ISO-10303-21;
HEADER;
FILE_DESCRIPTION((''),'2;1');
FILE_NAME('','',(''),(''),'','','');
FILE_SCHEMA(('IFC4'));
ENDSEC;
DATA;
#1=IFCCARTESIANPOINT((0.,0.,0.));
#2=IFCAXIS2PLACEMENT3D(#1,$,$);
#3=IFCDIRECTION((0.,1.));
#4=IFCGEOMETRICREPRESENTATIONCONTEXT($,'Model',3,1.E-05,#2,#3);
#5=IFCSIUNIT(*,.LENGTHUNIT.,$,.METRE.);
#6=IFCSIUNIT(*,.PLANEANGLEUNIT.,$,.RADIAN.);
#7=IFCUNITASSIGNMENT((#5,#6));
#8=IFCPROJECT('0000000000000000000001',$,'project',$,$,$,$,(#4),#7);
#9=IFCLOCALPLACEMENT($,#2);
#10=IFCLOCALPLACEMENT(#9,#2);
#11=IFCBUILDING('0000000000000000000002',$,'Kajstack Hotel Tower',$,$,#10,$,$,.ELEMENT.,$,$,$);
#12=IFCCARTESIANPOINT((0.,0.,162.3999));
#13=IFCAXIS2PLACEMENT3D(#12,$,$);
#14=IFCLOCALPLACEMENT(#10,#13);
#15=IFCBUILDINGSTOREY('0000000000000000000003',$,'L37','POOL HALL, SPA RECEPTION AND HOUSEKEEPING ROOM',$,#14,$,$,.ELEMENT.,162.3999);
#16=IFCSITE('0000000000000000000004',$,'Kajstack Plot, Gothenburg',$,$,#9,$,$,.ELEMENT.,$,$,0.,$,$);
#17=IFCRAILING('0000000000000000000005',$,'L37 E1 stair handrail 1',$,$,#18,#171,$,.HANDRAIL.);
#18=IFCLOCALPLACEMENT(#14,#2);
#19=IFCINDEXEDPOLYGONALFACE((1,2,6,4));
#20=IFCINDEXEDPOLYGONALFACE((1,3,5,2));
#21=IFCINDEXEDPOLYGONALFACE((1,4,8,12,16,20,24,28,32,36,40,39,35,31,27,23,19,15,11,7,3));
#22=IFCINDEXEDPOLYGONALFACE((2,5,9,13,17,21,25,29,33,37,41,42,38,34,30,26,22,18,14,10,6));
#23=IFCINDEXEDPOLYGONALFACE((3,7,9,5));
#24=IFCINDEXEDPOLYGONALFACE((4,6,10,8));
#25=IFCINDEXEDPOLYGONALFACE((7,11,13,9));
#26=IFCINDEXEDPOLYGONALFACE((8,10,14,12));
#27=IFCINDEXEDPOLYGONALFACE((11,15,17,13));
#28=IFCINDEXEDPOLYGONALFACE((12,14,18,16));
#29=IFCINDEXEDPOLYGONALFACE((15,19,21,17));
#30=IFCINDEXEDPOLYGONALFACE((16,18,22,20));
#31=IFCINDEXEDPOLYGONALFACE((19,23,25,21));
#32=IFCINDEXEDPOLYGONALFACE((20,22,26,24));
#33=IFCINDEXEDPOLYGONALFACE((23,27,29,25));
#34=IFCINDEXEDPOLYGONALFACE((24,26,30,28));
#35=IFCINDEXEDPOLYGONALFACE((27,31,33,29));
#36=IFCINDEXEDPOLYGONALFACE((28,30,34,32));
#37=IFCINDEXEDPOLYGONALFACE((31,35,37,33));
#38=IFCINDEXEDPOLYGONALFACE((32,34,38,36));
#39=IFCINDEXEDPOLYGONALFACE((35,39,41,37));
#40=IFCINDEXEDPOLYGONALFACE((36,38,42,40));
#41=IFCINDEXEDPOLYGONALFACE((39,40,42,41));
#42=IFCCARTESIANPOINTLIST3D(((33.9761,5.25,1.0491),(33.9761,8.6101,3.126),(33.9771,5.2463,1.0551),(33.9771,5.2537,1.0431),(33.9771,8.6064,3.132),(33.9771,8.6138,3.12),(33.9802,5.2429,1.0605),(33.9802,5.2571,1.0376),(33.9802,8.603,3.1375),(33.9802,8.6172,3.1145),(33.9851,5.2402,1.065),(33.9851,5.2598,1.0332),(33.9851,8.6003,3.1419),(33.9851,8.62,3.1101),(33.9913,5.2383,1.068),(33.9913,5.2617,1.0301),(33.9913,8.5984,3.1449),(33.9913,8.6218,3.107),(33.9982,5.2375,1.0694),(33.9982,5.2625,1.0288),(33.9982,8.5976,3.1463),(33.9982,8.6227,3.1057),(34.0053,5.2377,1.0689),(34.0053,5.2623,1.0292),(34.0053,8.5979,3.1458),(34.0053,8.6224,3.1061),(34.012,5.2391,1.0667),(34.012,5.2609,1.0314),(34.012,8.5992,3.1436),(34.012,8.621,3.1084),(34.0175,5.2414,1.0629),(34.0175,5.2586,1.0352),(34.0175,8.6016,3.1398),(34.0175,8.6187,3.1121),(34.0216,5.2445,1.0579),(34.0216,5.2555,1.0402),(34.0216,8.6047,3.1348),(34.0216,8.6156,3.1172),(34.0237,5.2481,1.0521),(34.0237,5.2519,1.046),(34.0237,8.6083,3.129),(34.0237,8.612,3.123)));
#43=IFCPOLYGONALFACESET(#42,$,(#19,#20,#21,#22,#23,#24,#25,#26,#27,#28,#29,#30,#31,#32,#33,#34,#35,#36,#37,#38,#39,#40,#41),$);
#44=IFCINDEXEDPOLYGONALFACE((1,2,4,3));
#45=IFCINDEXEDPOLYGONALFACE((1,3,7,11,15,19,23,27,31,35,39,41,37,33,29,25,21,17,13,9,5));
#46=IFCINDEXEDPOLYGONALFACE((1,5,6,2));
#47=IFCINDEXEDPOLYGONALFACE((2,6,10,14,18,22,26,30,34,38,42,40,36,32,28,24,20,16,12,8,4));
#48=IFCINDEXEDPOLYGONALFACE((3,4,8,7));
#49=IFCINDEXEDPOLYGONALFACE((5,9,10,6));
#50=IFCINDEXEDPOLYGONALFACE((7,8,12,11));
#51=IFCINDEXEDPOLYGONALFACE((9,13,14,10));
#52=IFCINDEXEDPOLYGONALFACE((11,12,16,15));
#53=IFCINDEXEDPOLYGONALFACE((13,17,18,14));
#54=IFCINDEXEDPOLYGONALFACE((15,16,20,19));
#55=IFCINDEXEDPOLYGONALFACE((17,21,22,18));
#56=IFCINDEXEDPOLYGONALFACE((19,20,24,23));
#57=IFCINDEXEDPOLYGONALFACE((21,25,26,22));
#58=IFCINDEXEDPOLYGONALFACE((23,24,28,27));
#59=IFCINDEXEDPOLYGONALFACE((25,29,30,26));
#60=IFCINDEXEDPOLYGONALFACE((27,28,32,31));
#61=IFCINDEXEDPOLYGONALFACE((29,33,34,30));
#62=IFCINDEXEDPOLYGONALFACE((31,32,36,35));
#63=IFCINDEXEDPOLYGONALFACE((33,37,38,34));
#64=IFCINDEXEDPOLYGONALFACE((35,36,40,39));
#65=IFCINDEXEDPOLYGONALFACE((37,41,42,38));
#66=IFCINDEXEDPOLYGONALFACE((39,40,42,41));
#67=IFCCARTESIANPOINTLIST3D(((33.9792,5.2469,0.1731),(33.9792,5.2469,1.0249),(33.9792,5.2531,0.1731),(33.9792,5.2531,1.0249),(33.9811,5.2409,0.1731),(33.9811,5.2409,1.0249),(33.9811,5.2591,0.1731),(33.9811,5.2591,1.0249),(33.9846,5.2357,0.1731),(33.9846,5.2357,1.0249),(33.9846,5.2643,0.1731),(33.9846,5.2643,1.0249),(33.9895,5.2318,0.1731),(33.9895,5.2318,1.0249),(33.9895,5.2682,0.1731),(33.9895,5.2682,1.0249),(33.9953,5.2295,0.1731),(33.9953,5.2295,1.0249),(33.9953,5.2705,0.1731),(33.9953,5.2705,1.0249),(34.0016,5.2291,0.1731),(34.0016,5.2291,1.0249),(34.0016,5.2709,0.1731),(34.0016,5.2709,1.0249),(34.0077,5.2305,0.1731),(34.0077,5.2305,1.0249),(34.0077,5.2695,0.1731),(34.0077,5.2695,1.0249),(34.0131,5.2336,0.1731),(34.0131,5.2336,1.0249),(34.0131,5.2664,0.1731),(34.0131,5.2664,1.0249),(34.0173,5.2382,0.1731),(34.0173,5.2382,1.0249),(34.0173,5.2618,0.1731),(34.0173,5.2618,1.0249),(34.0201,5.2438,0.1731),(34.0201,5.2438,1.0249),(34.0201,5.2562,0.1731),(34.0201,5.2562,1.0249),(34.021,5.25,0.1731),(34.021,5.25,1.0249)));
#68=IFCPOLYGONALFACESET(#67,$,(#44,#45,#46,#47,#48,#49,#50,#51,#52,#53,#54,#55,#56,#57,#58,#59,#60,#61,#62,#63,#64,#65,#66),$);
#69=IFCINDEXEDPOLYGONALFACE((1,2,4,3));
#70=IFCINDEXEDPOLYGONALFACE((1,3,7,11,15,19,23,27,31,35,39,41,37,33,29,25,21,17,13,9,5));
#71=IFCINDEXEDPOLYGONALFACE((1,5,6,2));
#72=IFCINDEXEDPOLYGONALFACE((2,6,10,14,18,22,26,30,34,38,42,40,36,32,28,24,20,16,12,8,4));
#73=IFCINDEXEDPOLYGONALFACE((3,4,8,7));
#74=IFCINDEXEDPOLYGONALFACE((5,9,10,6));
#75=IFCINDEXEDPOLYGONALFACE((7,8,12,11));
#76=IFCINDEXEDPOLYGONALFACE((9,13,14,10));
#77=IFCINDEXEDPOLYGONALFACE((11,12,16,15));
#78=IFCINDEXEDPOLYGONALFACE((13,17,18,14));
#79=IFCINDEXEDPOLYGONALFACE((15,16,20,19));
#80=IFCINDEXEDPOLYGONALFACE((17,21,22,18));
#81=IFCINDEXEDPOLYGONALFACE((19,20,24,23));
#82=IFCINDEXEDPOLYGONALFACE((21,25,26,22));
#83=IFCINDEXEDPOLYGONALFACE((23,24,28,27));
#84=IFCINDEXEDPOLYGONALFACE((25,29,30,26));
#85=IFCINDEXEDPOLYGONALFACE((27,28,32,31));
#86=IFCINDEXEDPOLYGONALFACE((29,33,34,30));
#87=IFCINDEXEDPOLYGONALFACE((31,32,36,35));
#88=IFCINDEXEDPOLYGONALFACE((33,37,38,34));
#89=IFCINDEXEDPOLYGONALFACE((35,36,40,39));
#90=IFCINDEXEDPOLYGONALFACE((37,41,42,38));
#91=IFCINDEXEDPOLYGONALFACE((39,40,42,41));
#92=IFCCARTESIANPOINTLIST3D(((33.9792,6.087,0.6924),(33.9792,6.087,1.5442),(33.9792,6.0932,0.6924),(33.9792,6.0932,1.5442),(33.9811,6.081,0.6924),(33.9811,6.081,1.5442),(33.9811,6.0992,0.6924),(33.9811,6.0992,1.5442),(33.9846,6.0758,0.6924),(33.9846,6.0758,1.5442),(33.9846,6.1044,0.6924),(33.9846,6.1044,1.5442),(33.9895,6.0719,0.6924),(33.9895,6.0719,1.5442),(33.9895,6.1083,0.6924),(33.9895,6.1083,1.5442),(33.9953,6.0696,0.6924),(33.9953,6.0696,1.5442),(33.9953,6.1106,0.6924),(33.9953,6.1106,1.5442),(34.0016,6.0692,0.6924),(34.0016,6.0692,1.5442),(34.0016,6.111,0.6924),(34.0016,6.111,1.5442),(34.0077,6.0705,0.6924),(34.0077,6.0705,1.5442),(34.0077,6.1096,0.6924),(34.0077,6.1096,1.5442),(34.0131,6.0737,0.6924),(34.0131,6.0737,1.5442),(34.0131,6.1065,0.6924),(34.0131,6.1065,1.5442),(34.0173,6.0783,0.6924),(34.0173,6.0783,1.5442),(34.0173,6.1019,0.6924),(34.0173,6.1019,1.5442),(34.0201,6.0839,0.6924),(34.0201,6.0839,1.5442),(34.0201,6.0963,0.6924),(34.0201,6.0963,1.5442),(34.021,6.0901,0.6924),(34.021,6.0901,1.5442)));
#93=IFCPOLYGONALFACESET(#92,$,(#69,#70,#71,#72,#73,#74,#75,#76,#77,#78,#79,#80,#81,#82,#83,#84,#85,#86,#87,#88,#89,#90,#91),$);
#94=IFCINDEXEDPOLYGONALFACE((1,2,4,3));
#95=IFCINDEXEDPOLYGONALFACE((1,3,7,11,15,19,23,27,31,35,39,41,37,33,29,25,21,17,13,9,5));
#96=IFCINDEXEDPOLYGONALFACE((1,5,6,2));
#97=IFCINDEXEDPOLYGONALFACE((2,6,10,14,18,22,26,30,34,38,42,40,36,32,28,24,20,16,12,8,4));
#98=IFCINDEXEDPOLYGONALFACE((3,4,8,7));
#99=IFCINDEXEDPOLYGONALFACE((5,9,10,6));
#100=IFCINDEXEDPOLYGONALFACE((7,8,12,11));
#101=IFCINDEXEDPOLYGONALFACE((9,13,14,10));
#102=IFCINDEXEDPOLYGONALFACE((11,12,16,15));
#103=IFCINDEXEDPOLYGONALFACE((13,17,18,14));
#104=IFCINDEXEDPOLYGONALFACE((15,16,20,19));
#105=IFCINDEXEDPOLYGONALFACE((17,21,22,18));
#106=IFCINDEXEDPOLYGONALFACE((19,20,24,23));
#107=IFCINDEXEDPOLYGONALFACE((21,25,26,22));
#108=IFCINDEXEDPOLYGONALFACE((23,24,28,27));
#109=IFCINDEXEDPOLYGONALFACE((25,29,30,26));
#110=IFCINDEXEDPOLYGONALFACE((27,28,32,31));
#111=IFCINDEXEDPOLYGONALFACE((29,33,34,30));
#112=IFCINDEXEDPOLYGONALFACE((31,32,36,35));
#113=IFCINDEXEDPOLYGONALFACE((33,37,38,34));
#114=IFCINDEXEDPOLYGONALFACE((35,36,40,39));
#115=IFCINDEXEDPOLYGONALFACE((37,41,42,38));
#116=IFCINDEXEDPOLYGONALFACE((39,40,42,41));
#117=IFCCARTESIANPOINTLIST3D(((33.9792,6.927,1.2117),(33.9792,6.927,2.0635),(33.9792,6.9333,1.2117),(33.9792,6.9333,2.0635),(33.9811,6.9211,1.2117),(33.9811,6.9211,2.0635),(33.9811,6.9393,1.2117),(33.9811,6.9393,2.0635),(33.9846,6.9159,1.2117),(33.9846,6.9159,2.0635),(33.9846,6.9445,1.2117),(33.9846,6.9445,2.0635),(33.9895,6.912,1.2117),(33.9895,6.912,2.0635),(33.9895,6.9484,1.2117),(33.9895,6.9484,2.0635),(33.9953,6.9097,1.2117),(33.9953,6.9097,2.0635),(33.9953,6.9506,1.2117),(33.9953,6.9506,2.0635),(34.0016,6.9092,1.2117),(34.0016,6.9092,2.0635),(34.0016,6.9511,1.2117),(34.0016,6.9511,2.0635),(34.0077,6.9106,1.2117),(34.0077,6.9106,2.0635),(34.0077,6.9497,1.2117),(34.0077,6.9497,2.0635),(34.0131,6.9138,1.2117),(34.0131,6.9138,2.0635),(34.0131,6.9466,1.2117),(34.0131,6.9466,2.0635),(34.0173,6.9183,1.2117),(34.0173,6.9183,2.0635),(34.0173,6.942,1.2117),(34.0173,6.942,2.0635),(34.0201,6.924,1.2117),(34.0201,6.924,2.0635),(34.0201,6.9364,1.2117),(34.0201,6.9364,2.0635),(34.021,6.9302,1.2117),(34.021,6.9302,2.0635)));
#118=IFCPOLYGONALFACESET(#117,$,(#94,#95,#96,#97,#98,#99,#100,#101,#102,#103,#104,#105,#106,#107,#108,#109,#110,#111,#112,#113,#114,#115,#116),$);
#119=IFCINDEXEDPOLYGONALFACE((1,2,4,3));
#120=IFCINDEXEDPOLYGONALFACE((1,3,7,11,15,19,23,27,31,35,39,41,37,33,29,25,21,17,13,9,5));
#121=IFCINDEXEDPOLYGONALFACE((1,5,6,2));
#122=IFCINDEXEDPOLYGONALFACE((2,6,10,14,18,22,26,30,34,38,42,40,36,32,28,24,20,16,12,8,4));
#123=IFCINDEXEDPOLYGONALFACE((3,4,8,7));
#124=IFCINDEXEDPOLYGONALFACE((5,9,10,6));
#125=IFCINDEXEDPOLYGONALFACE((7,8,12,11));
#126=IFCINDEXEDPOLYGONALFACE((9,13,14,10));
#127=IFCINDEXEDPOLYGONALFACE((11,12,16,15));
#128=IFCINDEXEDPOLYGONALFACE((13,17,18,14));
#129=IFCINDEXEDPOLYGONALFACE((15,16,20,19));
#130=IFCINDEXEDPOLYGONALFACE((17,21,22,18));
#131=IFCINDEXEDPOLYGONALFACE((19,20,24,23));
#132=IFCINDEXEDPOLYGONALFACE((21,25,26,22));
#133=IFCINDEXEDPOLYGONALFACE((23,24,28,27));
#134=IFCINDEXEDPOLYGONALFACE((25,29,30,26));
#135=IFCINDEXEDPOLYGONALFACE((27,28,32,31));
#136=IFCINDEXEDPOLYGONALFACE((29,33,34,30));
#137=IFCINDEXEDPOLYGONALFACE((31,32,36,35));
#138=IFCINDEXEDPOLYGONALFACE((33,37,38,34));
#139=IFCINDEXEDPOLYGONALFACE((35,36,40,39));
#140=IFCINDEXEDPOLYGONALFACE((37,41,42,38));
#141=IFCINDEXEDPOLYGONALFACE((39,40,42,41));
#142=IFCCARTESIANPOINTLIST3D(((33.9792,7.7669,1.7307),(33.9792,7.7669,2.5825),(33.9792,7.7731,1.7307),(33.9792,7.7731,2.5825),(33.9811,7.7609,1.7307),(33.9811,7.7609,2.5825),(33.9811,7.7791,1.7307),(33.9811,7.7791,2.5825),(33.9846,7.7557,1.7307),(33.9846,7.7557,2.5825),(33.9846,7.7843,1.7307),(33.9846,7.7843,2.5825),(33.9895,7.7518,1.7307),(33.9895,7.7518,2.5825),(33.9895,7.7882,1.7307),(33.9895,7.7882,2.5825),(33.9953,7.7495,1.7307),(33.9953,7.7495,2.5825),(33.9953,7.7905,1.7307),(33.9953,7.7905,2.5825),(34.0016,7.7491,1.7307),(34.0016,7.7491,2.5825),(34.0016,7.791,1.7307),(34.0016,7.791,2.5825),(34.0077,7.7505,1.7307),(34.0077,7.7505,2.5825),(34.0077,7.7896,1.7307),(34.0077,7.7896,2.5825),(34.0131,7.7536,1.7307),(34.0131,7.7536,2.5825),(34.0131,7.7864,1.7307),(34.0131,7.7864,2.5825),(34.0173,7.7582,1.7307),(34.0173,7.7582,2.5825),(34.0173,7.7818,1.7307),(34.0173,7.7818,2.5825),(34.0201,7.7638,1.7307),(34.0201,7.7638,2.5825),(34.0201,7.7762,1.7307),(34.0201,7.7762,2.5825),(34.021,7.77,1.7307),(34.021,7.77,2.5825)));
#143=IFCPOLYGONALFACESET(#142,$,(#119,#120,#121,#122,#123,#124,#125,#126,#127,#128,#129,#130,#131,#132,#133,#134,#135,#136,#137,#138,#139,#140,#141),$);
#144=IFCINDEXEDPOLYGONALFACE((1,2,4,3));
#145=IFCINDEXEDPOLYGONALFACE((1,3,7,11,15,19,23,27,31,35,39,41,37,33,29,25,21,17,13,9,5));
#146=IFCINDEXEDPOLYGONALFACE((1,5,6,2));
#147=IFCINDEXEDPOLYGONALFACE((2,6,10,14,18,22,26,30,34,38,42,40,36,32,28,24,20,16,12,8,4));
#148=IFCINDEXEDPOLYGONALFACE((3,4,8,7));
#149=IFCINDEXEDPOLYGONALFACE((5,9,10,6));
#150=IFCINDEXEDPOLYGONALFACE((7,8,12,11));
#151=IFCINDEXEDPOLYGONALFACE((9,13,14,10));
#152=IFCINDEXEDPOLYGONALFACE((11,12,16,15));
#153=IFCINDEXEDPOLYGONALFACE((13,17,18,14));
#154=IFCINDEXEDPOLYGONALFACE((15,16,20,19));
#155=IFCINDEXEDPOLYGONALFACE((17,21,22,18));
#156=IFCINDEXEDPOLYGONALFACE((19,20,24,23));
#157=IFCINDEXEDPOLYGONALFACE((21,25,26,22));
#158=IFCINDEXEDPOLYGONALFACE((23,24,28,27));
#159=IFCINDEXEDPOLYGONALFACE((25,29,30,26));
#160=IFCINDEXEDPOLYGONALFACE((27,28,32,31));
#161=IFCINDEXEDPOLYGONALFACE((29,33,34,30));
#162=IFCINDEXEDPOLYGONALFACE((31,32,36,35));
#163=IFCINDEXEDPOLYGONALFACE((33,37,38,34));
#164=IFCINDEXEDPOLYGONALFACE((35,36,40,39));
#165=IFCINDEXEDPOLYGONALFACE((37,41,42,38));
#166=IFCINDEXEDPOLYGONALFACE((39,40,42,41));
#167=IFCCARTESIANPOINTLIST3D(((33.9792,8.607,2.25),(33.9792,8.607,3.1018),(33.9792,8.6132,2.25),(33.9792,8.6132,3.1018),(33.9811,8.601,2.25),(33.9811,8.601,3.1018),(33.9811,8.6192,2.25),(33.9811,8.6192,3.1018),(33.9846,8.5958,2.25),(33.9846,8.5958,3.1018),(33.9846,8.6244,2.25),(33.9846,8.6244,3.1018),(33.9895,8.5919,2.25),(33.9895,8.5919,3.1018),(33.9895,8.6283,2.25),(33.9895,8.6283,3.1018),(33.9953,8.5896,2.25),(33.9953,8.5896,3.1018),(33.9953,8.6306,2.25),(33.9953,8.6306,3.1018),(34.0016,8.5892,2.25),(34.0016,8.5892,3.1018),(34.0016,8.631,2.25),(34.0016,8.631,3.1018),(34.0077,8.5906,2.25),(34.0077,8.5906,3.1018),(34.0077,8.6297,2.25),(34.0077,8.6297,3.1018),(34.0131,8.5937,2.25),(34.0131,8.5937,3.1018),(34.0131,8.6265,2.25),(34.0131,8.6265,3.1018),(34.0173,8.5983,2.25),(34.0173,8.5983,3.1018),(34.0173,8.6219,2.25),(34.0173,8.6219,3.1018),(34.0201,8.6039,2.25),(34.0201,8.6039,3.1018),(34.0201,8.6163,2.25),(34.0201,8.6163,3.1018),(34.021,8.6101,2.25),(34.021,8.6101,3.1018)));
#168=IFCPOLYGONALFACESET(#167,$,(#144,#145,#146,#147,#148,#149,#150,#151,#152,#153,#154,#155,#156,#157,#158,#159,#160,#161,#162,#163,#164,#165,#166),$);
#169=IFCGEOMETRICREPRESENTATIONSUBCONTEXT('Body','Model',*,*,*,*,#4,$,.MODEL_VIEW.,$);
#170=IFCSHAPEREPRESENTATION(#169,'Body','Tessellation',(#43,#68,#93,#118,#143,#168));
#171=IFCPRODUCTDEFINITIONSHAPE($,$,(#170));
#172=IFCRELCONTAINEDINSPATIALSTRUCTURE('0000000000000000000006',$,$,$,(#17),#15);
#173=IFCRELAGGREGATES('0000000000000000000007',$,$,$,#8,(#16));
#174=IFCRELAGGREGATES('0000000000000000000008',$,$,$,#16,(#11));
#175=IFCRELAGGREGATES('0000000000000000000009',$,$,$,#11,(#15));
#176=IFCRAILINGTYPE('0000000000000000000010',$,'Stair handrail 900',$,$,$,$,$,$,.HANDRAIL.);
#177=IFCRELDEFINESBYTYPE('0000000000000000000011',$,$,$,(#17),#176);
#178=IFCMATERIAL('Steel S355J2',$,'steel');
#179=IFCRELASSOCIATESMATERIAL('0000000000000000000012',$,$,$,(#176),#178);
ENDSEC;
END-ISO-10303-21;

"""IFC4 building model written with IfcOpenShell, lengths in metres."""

from ifc_helpers import new_model, si_unit, direction, frame, origin, origin_2d, place, context, subcontext, project, spatial, circle, extrude, material, type_object, element, save


model = new_model("IFC4")

# Units and contexts
model_context = context("Model", 3, precision=1e-05, world=origin(), true_north=direction((0.0, 1.0)))
body_context = subcontext(model_context, "Body", "Model", "MODEL_VIEW")
ifc_project = project(units=[si_unit("LENGTHUNIT", "METRE"), si_unit("PLANEANGLEUNIT", "RADIAN")], contexts=[model_context])

# Site, building, storey
site_placement = place(None, origin())
site = spatial("IfcSite", under=ifc_project, at=site_placement, Name="Kajstack Plot, Gothenburg", CompositionType="ELEMENT", RefElevation=0.0)
building_placement = place(site_placement, origin())
building = spatial("IfcBuilding", under=site, at=building_placement, Name="Kajstack Hotel Tower", CompositionType="ELEMENT")
storey_placement = place(building_placement, frame((0.0, 0.0, 162.3999)))
storey = spatial("IfcBuildingStorey", under=building, at=storey_placement, Name="L37", Description="POOL HALL, SPA RECEPTION AND HOUSEKEEPING ROOM", CompositionType="ELEMENT", Elevation=162.3999)

# Railing
ifc_material_1 = material(Name="Steel S355J2", Category="steel")
railing_type_1 = type_object("IfcRailingType", Name="Stair handrail 900", PredefinedType="HANDRAIL", material=ifc_material_1)
railing_1_placement = place(storey_placement, frame((34.0, 5.25, 0.1731)))
element("IfcRailing", 1, at=railing_1_placement, inside=storey, type_object=railing_type_1, Name="L37 E1 stair handrail 1", PredefinedType="HANDRAIL", context=body_context, shape_type="SweptSolid", body=[
    extrude(circle(Radius=0.0239, at=origin_2d()), frame((0.0, 0.0, 0.876), z_axis=(0.0, 0.850623, 0.525776), x_axis=(-1.0, 0.0, 0.0)), (0.0, 0.0, 1.0), 3.9502),
    extrude(circle(Radius=0.021, at=origin_2d()), origin(), (0.0, 0.0, 1.0), 0.8518),
    extrude(circle(Radius=0.021, at=origin_2d()), frame((0.0, 0.8401, 0.5193)), (0.0, 0.0, 1.0), 0.8518),
    extrude(circle(Radius=0.021, at=origin_2d()), frame((0.0, 1.6802, 1.0386)), (0.0, 0.0, 1.0), 0.8518),
    extrude(circle(Radius=0.021, at=origin_2d()), frame((0.0, 2.52, 1.5576)), (0.0, 0.0, 1.0), 0.8518),
    extrude(circle(Radius=0.021, at=origin_2d()), frame((0.0, 3.3601, 2.0769)), (0.0, 0.0, 1.0), 0.8518),
])

save(model, "model.ifc")
